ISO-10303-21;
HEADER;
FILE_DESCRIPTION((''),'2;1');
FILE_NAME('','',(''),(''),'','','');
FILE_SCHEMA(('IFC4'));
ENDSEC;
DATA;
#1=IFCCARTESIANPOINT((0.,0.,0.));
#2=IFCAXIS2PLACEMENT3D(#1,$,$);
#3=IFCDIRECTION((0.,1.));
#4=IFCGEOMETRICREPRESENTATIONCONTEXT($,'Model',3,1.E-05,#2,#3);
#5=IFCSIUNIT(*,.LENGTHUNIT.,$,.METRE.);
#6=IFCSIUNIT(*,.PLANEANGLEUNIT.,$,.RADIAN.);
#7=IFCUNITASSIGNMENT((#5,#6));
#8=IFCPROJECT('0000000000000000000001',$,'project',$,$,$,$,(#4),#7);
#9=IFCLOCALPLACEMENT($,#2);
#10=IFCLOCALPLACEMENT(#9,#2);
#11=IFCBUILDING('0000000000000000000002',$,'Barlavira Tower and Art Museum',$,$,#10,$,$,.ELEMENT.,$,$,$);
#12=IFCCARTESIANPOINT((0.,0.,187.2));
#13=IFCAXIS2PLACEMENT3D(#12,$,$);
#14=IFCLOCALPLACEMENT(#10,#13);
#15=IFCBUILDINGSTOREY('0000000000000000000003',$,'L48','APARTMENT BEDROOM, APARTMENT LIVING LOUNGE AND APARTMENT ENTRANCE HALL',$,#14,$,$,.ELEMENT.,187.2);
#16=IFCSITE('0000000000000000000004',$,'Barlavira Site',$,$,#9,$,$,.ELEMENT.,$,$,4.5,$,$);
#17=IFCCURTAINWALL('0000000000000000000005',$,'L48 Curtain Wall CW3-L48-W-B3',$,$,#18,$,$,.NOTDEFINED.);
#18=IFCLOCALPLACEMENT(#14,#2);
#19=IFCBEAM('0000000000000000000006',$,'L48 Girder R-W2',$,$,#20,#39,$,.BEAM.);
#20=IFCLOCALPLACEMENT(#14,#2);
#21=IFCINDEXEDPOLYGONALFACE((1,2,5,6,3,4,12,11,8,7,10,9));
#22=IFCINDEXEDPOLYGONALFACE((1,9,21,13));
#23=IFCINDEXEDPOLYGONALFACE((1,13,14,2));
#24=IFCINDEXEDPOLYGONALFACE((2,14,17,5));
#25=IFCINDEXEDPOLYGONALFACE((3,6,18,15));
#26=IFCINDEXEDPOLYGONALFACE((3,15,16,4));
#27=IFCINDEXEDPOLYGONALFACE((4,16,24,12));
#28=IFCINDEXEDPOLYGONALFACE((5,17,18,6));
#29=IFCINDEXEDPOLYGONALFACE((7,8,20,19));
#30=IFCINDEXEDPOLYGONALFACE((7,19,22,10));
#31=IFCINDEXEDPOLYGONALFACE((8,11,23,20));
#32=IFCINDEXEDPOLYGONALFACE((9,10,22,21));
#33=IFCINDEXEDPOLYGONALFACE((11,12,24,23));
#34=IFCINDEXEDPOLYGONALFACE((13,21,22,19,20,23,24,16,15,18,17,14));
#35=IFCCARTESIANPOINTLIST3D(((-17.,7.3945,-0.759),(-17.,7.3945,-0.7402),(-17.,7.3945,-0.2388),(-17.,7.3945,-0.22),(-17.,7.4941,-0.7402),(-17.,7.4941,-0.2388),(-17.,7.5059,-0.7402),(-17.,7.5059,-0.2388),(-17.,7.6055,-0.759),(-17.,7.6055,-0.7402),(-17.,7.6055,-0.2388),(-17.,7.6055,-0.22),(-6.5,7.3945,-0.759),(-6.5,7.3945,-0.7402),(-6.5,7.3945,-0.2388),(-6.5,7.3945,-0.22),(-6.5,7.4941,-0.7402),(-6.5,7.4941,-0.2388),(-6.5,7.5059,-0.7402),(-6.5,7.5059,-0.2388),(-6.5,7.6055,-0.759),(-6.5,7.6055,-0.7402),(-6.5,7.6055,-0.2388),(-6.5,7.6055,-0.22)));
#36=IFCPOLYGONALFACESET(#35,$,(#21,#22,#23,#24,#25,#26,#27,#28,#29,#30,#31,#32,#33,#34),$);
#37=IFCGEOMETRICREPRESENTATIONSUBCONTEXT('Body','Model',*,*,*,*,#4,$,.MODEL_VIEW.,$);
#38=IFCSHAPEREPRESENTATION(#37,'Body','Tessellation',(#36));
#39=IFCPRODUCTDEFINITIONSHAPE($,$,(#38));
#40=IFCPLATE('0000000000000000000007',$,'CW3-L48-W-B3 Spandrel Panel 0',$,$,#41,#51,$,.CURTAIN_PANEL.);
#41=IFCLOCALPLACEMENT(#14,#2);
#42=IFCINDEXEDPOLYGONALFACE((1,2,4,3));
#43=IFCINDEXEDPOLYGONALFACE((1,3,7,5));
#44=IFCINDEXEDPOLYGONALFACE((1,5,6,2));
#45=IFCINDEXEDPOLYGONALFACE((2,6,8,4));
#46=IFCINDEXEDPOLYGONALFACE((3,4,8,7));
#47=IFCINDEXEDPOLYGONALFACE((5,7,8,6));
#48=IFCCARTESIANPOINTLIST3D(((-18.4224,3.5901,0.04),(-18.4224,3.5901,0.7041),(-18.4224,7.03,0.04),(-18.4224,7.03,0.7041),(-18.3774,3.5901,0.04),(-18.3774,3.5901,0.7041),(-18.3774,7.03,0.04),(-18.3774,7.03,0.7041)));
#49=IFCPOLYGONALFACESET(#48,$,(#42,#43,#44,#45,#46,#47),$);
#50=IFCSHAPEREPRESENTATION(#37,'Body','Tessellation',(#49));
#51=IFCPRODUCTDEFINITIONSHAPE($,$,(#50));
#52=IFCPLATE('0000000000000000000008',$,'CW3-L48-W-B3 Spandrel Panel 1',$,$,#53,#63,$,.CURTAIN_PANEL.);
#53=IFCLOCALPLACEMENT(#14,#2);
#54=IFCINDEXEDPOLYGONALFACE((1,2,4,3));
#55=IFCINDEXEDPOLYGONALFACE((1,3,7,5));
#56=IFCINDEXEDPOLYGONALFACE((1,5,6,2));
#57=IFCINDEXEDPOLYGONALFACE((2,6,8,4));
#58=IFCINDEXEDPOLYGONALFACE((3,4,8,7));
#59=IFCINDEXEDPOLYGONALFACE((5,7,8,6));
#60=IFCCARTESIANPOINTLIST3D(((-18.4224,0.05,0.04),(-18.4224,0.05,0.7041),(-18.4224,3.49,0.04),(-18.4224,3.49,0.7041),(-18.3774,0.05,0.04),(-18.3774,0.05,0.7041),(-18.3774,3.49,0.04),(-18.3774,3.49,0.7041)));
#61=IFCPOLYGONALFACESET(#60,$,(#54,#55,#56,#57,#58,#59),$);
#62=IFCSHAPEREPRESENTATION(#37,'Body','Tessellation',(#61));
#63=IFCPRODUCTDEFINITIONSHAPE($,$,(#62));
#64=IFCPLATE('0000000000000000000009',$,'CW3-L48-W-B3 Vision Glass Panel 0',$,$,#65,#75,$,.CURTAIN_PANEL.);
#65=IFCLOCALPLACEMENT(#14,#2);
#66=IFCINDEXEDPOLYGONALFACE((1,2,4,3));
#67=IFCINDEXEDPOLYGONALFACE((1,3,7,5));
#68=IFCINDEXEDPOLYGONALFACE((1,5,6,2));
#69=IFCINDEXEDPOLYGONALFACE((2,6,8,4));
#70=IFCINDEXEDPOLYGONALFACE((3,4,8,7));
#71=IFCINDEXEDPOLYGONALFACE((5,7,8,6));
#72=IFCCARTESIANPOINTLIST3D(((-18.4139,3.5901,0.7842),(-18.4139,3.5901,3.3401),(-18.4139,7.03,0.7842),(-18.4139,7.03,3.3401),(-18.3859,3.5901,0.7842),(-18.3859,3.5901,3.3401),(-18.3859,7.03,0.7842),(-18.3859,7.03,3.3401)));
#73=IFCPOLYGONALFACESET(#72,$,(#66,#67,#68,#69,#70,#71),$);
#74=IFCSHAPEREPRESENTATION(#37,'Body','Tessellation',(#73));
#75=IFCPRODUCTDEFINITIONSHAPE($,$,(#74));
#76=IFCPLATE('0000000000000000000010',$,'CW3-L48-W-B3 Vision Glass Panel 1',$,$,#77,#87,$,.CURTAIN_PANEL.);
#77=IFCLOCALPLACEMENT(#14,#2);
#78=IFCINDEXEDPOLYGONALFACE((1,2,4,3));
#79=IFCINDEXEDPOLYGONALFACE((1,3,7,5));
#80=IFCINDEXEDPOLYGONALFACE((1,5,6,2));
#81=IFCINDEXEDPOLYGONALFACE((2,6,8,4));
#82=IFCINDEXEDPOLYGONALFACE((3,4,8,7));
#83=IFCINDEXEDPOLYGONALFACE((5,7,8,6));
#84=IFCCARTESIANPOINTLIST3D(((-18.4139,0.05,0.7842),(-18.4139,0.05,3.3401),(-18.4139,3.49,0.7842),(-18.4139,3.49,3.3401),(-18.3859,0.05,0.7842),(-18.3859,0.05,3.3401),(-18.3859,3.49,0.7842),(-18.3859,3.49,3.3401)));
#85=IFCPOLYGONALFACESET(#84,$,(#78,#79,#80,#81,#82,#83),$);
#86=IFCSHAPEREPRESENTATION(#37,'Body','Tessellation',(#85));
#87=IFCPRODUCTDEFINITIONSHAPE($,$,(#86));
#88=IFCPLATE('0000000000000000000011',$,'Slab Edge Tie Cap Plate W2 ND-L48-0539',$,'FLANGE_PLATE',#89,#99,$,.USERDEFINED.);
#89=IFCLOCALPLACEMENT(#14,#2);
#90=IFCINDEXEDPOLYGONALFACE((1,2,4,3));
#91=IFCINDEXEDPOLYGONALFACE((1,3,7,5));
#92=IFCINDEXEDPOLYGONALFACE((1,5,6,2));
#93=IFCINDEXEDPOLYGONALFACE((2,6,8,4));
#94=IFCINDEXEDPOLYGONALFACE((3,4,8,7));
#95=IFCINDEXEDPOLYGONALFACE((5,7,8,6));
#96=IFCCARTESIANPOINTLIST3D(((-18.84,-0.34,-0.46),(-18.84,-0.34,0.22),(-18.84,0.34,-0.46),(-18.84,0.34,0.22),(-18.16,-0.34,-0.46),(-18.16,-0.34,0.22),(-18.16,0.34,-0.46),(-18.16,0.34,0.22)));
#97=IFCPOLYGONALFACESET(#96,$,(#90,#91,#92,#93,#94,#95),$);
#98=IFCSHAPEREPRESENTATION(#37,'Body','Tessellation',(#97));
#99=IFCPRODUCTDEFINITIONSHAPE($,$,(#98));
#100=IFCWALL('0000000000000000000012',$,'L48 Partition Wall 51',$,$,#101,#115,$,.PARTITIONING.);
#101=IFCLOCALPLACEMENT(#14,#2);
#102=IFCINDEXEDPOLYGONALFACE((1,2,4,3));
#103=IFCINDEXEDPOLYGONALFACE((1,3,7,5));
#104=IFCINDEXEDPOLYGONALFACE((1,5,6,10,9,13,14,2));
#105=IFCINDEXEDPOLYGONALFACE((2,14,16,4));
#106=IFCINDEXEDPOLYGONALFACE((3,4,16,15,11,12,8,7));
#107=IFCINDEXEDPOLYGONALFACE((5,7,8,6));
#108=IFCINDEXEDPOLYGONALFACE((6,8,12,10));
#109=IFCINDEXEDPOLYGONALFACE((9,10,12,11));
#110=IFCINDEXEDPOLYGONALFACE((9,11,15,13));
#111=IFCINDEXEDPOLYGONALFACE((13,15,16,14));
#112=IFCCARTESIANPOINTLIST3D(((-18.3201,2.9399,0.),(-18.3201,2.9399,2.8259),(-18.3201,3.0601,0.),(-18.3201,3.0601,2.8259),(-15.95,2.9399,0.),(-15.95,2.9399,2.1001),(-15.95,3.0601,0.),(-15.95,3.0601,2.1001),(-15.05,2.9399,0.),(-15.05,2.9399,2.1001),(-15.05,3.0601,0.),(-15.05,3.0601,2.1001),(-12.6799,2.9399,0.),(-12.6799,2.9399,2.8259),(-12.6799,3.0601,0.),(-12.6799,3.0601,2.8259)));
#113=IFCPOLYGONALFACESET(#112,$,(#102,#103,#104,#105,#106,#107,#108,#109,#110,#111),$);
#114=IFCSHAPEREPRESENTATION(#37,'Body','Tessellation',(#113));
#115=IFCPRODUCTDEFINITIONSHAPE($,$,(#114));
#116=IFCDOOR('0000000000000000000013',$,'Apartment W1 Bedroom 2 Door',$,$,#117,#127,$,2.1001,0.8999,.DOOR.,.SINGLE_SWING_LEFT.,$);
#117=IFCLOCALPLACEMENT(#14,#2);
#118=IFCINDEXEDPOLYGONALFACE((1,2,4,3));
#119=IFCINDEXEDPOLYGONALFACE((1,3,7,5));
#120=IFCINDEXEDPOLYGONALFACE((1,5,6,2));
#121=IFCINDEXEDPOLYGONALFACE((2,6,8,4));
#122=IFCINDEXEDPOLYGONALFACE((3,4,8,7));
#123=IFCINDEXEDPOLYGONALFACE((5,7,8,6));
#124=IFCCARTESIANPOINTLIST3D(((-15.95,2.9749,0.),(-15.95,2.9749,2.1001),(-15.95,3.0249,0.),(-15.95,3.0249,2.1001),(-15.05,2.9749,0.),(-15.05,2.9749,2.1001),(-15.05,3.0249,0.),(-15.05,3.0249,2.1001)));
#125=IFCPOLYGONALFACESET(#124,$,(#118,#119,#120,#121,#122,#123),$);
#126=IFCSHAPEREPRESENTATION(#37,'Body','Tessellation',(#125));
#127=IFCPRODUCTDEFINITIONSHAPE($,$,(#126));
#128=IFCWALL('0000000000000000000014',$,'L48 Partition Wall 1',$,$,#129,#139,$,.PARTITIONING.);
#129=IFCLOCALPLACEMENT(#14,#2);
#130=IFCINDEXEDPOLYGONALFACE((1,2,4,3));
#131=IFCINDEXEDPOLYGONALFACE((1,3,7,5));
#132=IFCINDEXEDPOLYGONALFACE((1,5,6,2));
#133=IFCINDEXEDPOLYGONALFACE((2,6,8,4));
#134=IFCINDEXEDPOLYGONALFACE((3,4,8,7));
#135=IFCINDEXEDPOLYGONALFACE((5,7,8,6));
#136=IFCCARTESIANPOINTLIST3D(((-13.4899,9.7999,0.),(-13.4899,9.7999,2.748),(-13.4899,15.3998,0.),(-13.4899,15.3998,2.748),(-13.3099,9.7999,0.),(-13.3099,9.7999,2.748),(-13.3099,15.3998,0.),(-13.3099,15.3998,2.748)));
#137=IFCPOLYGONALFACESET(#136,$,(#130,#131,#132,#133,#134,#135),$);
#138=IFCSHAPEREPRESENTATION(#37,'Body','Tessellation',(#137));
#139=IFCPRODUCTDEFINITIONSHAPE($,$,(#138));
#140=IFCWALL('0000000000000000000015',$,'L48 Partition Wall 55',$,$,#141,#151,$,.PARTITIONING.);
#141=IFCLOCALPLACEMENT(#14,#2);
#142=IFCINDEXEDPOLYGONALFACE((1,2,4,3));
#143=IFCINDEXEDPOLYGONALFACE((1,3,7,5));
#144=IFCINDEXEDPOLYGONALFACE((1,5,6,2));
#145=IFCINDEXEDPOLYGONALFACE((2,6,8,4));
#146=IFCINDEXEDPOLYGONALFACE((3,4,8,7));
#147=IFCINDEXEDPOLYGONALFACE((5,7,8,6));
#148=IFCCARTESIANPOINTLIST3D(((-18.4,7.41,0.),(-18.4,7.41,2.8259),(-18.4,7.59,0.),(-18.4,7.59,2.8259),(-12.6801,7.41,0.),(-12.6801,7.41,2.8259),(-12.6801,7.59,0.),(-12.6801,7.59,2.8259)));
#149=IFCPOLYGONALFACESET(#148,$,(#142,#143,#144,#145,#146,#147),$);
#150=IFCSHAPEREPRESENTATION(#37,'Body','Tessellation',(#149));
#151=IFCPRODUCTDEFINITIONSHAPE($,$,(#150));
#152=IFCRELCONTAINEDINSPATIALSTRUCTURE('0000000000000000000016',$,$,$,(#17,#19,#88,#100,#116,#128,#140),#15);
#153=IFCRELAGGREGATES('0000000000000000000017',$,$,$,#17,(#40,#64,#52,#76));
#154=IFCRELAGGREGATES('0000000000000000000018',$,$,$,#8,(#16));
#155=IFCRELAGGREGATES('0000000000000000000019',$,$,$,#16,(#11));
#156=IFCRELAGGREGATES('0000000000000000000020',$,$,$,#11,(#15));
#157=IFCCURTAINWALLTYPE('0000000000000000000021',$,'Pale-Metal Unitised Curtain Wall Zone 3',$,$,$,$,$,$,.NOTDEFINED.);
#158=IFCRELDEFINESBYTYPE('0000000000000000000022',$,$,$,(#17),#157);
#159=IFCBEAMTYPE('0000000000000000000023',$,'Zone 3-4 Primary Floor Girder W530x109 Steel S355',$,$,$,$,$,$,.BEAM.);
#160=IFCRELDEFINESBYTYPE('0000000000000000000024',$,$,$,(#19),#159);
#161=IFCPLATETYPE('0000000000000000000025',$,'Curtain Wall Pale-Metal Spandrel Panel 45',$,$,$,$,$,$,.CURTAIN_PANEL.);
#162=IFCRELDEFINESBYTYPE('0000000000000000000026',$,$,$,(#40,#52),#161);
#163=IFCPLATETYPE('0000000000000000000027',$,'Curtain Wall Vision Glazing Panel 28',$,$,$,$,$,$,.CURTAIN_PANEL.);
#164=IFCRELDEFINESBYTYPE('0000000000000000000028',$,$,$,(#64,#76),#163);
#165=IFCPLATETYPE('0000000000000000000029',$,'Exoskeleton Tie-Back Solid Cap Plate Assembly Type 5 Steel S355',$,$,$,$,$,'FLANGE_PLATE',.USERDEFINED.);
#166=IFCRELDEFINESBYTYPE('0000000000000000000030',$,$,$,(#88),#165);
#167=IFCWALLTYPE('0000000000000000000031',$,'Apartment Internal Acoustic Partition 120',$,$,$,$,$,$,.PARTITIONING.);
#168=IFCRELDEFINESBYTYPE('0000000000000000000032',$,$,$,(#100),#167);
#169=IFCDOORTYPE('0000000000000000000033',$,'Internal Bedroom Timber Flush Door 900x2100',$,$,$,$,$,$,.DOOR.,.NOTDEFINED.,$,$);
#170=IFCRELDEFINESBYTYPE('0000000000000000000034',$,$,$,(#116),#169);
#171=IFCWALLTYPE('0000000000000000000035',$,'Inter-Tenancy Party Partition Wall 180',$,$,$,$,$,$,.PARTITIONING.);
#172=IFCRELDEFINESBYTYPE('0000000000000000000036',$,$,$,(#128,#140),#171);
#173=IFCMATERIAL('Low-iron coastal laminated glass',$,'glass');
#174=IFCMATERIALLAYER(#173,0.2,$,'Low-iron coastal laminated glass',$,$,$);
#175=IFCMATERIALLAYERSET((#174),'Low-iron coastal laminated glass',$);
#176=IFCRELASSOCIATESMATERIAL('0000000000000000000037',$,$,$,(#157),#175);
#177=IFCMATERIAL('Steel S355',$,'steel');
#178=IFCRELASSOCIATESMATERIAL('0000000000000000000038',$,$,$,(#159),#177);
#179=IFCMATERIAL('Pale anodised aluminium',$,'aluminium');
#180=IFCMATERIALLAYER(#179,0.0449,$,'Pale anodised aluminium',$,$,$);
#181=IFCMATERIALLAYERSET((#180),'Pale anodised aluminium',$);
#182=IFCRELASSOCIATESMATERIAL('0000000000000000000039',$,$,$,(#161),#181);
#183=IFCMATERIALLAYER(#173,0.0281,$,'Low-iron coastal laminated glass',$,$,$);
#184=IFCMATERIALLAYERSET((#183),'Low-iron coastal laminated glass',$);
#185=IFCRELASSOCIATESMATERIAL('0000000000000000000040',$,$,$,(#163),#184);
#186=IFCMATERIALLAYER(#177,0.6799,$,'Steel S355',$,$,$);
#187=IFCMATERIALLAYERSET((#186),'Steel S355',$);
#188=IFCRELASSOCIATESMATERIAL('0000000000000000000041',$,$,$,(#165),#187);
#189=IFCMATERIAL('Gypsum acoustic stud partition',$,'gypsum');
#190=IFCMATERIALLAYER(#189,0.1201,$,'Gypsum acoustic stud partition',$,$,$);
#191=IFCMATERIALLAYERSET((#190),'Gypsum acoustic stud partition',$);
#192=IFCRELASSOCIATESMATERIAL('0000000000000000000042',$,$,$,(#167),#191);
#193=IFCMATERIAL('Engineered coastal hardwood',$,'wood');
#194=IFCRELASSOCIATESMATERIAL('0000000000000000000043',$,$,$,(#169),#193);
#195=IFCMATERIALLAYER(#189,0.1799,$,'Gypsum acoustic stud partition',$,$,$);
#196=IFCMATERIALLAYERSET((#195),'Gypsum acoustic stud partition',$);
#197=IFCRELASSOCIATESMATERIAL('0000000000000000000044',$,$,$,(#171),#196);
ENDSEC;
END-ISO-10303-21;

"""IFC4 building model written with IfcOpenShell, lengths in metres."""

from ifc_helpers import new_model, si_unit, direction, frame, frame_2d, origin, origin_2d, place, context, subcontext, project, spatial, rectangle, i_section, extrude, material, layer, layer_set, material_profile, profile_set, type_object, element, fill, aggregate, save


model = new_model("IFC4")

# Units and contexts
model_context = context("Model", 3, precision=1e-05, world=origin(), true_north=direction((0.0, 1.0)))
body_context = subcontext(model_context, "Body", "Model", "MODEL_VIEW")
ifc_project = project(units=[si_unit("LENGTHUNIT", "METRE"), si_unit("PLANEANGLEUNIT", "RADIAN")], contexts=[model_context])

# Site, building, storey
site_placement = place(None, origin())
site = spatial("IfcSite", under=ifc_project, at=site_placement, Name="Barlavira Site", CompositionType="ELEMENT", RefElevation=4.5)
building_placement = place(site_placement, origin())
building = spatial("IfcBuilding", under=site, at=building_placement, Name="Barlavira Tower and Art Museum", CompositionType="ELEMENT")
storey_placement = place(building_placement, frame((0.0, 0.0, 187.2)))
storey = spatial("IfcBuildingStorey", under=building, at=storey_placement, Name="L48", Description="APARTMENT BEDROOM, APARTMENT LIVING LOUNGE AND APARTMENT ENTRANCE HALL", CompositionType="ELEMENT", Elevation=187.2)

# Curtain wall
ifc_material_1 = material(Name="Low-iron coastal laminated glass", Category="glass")
ifc_layer_1 = layer(ifc_material_1, 0.2, Name="Low-iron coastal laminated glass")
ifc_layer_set_1 = layer_set([ifc_layer_1], Name="Low-iron coastal laminated glass")
curtain_wall_type = type_object("IfcCurtainWallType", Name="Pale-Metal Unitised Curtain Wall Zone 3", PredefinedType="NOTDEFINED", material=ifc_layer_set_1)
curtain_wall_placement = place(storey_placement, origin())
curtain_wall = element("IfcCurtainWall", 1, at=curtain_wall_placement, inside=storey, type_object=curtain_wall_type, Name="L48 Curtain Wall CW3-L48-W-B3", PredefinedType="NOTDEFINED")
ifc_material_2 = material(Name="Pale anodised aluminium", Category="aluminium")

# Shared definitions
ifc_material_3 = material(Name="Steel S355", Category="steel")

# Beam
ifc_material_profile_1 = material_profile(ifc_material_3, i_section(OverallWidth=0.2109, OverallDepth=0.5391, WebThickness=0.0117, FlangeThickness=0.0188, at=origin_2d()), Name="W530x109.0")
ifc_profile_set_1 = profile_set([ifc_material_profile_1], Name="Steel S355")
beam_type_1 = type_object("IfcBeamType", Name="Zone 3-4 Primary Floor Girder W530x109 Steel S355", PredefinedType="BEAM", material=ifc_profile_set_1)
beam_1_placement = place(storey_placement, frame((-17.0, 7.5, -0.4895), z_axis=(1.0, 0.0, 0.0), x_axis=(0.0, 1.0, 0.0)))
element("IfcBeam", 2, at=beam_1_placement, inside=storey, type_object=beam_type_1, Name="L48 Girder R-W2", PredefinedType="BEAM", context=body_context, shape_type="SweptSolid", body=[
    extrude(i_section(OverallWidth=0.2109, OverallDepth=0.5391, WebThickness=0.0117, FlangeThickness=0.0188, at=origin_2d()), origin(), (0.0, 0.0, 1.0), 10.5),
])

# Plates
ifc_layer_2 = layer(ifc_material_2, 0.0449, Name="Pale anodised aluminium")
ifc_layer_set_2 = layer_set([ifc_layer_2], Name="Pale anodised aluminium")
plate_type_1 = type_object("IfcPlateType", Name="Curtain Wall Pale-Metal Spandrel Panel 45", PredefinedType="CURTAIN_PANEL", material=ifc_layer_set_2)
plate_1_placement = place(storey_placement, frame((-18.3999, 5.3101, 0.04), z_axis=(0.0, 0.0, 1.0), x_axis=(0.0, -1.0, 0.0)))
plate_1 = element("IfcPlate", 3, at=plate_1_placement, type_object=plate_type_1, Name="CW3-L48-W-B3 Spandrel Panel 0", PredefinedType="CURTAIN_PANEL", context=body_context, shape_type="SweptSolid", body=[
    extrude(rectangle(XDim=3.4399, YDim=0.0449, at=origin_2d()), origin(), (0.0, 0.0, 1.0), 0.6641),
])
plate_2_placement = place(storey_placement, frame((-18.3999, 1.77, 0.04), z_axis=(0.0, 0.0, 1.0), x_axis=(0.0, -1.0, 0.0)))
plate_2 = element("IfcPlate", 4, at=plate_2_placement, type_object=plate_type_1, Name="CW3-L48-W-B3 Spandrel Panel 1", PredefinedType="CURTAIN_PANEL", context=body_context, shape_type="SweptSolid", body=[
    extrude(rectangle(XDim=3.4399, YDim=0.0449, at=origin_2d()), origin(), (0.0, 0.0, 1.0), 0.6641),
])
ifc_layer_3 = layer(ifc_material_1, 0.0281, Name="Low-iron coastal laminated glass")
ifc_layer_set_3 = layer_set([ifc_layer_3], Name="Low-iron coastal laminated glass")
plate_type_2 = type_object("IfcPlateType", Name="Curtain Wall Vision Glazing Panel 28", PredefinedType="CURTAIN_PANEL", material=ifc_layer_set_3)
plate_3_placement = place(storey_placement, frame((-18.3999, 5.3101, 0.7842), z_axis=(0.0, 0.0, 1.0), x_axis=(0.0, -1.0, 0.0)))
plate_3 = element("IfcPlate", 5, at=plate_3_placement, type_object=plate_type_2, Name="CW3-L48-W-B3 Vision Glass Panel 0", PredefinedType="CURTAIN_PANEL", context=body_context, shape_type="SweptSolid", body=[
    extrude(rectangle(XDim=3.4399, YDim=0.0281, at=origin_2d()), origin(), (0.0, 0.0, 1.0), 2.5559),
])
plate_4_placement = place(storey_placement, frame((-18.3999, 1.77, 0.7842), z_axis=(0.0, 0.0, 1.0), x_axis=(0.0, -1.0, 0.0)))
plate_4 = element("IfcPlate", 6, at=plate_4_placement, type_object=plate_type_2, Name="CW3-L48-W-B3 Vision Glass Panel 1", PredefinedType="CURTAIN_PANEL", context=body_context, shape_type="SweptSolid", body=[
    extrude(rectangle(XDim=3.4399, YDim=0.0281, at=origin_2d()), origin(), (0.0, 0.0, 1.0), 2.5559),
])
aggregate(curtain_wall, [plate_1, plate_3, plate_2, plate_4])
ifc_layer_4 = layer(ifc_material_3, 0.6799, Name="Steel S355")
ifc_layer_set_4 = layer_set([ifc_layer_4], Name="Steel S355")
plate_type_3 = type_object("IfcPlateType", Name="Exoskeleton Tie-Back Solid Cap Plate Assembly Type 5 Steel S355", ElementType="FLANGE_PLATE", PredefinedType="USERDEFINED", material=ifc_layer_set_4)
plate_5_placement = place(storey_placement, frame((-18.5, 0.0, -0.46), z_axis=(0.0, 0.0, 1.0), x_axis=(1.0, 0.0, 0.0)))
element("IfcPlate", 7, at=plate_5_placement, inside=storey, type_object=plate_type_3, Name="Slab Edge Tie Cap Plate W2 ND-L48-0539", ObjectType="FLANGE_PLATE", PredefinedType="USERDEFINED", context=body_context, shape_type="SweptSolid", body=[
    extrude(rectangle(XDim=0.6799, YDim=0.6799, at=origin_2d()), origin(), (0.0, 0.0, 1.0), 0.6799),
])

# Wall, opening, door
ifc_material_4 = material(Name="Gypsum acoustic stud partition", Category="gypsum")
ifc_layer_5 = layer(ifc_material_4, 0.1201, Name="Gypsum acoustic stud partition")
ifc_layer_set_5 = layer_set([ifc_layer_5], Name="Gypsum acoustic stud partition")
wall_type_1 = type_object("IfcWallType", Name="Apartment Internal Acoustic Partition 120", PredefinedType="PARTITIONING", material=ifc_layer_set_5)
wall_1_placement = place(storey_placement, frame((-18.3201, 3.0, 0.0), z_axis=(0.0, 0.0, 1.0), x_axis=(1.0, 0.0, 0.0)))
wall_1 = element("IfcWall", 8, at=wall_1_placement, inside=storey, type_object=wall_type_1, Name="L48 Partition Wall 51", PredefinedType="PARTITIONING", context=body_context, shape_type="SweptSolid", body=[
    extrude(rectangle(XDim=5.6401, YDim=0.1201, at=frame_2d((2.8201, 0.0))), origin(), (0.0, 0.0, 1.0), 2.8259),
])
opening_placement = place(wall_1_placement, frame((2.3701, 0.0, 0.0)))
opening = element("IfcOpeningElement", 9, at=opening_placement, cuts=wall_1, PredefinedType="OPENING", context=body_context, shape_type="SweptSolid", body=[
    extrude(rectangle(XDim=0.8999, YDim=2.1001, at=frame_2d((0.45, 1.05))), frame((0.0, 0.0701, 0.0), z_axis=(0.0, -1.0, 0.0), x_axis=(1.0, 0.0, 0.0)), (0.0, 0.0, 1.0), 0.1401),
])
ifc_material_5 = material(Name="Engineered coastal hardwood", Category="wood")
door_type = type_object("IfcDoorType", Name="Internal Bedroom Timber Flush Door 900x2100", OperationType="NOTDEFINED", PredefinedType="DOOR", material=ifc_material_5)
door_placement = place(opening_placement, origin())
door = element("IfcDoor", 10, at=door_placement, inside=storey, type_object=door_type, Name="Apartment W1 Bedroom 2 Door", OperationType="SINGLE_SWING_LEFT", OverallHeight=2.1001, OverallWidth=0.8999, PredefinedType="DOOR", context=body_context, shape_type="SweptSolid", body=[
    extrude(rectangle(XDim=0.8999, YDim=2.1001, at=frame_2d((0.45, 1.05))), frame((0.0, 0.0249, 0.0), z_axis=(0.0, -1.0, 0.0), x_axis=(1.0, 0.0, 0.0)), (0.0, 0.0, 1.0), 0.05),
])
fill(opening, door)

# Walls
ifc_layer_6 = layer(ifc_material_4, 0.1799, Name="Gypsum acoustic stud partition")
ifc_layer_set_6 = layer_set([ifc_layer_6], Name="Gypsum acoustic stud partition")
wall_type_2 = type_object("IfcWallType", Name="Inter-Tenancy Party Partition Wall 180", PredefinedType="PARTITIONING", material=ifc_layer_set_6)
wall_2_placement = place(storey_placement, frame((-13.3999, 9.8, 0.0), z_axis=(0.0, 0.0, 1.0), x_axis=(0.0, 1.0, 0.0)))
element("IfcWall", 11, at=wall_2_placement, inside=storey, type_object=wall_type_2, Name="L48 Partition Wall 1", PredefinedType="PARTITIONING", context=body_context, shape_type="SweptSolid", body=[
    extrude(rectangle(XDim=5.5999, YDim=0.1799, at=frame_2d((2.7998, 0.0))), origin(), (0.0, 0.0, 1.0), 2.748),
])
wall_3_placement = place(storey_placement, frame((-18.3999, 7.5, 0.0), z_axis=(0.0, 0.0, 1.0), x_axis=(1.0, 0.0, 0.0)))
element("IfcWall", 12, at=wall_3_placement, inside=storey, type_object=wall_type_2, Name="L48 Partition Wall 55", PredefinedType="PARTITIONING", context=body_context, shape_type="SweptSolid", body=[
    extrude(rectangle(XDim=5.72, YDim=0.1799, at=frame_2d((2.8599, 0.0))), origin(), (0.0, 0.0, 1.0), 2.8259),
])

save(model, "model.ifc")
